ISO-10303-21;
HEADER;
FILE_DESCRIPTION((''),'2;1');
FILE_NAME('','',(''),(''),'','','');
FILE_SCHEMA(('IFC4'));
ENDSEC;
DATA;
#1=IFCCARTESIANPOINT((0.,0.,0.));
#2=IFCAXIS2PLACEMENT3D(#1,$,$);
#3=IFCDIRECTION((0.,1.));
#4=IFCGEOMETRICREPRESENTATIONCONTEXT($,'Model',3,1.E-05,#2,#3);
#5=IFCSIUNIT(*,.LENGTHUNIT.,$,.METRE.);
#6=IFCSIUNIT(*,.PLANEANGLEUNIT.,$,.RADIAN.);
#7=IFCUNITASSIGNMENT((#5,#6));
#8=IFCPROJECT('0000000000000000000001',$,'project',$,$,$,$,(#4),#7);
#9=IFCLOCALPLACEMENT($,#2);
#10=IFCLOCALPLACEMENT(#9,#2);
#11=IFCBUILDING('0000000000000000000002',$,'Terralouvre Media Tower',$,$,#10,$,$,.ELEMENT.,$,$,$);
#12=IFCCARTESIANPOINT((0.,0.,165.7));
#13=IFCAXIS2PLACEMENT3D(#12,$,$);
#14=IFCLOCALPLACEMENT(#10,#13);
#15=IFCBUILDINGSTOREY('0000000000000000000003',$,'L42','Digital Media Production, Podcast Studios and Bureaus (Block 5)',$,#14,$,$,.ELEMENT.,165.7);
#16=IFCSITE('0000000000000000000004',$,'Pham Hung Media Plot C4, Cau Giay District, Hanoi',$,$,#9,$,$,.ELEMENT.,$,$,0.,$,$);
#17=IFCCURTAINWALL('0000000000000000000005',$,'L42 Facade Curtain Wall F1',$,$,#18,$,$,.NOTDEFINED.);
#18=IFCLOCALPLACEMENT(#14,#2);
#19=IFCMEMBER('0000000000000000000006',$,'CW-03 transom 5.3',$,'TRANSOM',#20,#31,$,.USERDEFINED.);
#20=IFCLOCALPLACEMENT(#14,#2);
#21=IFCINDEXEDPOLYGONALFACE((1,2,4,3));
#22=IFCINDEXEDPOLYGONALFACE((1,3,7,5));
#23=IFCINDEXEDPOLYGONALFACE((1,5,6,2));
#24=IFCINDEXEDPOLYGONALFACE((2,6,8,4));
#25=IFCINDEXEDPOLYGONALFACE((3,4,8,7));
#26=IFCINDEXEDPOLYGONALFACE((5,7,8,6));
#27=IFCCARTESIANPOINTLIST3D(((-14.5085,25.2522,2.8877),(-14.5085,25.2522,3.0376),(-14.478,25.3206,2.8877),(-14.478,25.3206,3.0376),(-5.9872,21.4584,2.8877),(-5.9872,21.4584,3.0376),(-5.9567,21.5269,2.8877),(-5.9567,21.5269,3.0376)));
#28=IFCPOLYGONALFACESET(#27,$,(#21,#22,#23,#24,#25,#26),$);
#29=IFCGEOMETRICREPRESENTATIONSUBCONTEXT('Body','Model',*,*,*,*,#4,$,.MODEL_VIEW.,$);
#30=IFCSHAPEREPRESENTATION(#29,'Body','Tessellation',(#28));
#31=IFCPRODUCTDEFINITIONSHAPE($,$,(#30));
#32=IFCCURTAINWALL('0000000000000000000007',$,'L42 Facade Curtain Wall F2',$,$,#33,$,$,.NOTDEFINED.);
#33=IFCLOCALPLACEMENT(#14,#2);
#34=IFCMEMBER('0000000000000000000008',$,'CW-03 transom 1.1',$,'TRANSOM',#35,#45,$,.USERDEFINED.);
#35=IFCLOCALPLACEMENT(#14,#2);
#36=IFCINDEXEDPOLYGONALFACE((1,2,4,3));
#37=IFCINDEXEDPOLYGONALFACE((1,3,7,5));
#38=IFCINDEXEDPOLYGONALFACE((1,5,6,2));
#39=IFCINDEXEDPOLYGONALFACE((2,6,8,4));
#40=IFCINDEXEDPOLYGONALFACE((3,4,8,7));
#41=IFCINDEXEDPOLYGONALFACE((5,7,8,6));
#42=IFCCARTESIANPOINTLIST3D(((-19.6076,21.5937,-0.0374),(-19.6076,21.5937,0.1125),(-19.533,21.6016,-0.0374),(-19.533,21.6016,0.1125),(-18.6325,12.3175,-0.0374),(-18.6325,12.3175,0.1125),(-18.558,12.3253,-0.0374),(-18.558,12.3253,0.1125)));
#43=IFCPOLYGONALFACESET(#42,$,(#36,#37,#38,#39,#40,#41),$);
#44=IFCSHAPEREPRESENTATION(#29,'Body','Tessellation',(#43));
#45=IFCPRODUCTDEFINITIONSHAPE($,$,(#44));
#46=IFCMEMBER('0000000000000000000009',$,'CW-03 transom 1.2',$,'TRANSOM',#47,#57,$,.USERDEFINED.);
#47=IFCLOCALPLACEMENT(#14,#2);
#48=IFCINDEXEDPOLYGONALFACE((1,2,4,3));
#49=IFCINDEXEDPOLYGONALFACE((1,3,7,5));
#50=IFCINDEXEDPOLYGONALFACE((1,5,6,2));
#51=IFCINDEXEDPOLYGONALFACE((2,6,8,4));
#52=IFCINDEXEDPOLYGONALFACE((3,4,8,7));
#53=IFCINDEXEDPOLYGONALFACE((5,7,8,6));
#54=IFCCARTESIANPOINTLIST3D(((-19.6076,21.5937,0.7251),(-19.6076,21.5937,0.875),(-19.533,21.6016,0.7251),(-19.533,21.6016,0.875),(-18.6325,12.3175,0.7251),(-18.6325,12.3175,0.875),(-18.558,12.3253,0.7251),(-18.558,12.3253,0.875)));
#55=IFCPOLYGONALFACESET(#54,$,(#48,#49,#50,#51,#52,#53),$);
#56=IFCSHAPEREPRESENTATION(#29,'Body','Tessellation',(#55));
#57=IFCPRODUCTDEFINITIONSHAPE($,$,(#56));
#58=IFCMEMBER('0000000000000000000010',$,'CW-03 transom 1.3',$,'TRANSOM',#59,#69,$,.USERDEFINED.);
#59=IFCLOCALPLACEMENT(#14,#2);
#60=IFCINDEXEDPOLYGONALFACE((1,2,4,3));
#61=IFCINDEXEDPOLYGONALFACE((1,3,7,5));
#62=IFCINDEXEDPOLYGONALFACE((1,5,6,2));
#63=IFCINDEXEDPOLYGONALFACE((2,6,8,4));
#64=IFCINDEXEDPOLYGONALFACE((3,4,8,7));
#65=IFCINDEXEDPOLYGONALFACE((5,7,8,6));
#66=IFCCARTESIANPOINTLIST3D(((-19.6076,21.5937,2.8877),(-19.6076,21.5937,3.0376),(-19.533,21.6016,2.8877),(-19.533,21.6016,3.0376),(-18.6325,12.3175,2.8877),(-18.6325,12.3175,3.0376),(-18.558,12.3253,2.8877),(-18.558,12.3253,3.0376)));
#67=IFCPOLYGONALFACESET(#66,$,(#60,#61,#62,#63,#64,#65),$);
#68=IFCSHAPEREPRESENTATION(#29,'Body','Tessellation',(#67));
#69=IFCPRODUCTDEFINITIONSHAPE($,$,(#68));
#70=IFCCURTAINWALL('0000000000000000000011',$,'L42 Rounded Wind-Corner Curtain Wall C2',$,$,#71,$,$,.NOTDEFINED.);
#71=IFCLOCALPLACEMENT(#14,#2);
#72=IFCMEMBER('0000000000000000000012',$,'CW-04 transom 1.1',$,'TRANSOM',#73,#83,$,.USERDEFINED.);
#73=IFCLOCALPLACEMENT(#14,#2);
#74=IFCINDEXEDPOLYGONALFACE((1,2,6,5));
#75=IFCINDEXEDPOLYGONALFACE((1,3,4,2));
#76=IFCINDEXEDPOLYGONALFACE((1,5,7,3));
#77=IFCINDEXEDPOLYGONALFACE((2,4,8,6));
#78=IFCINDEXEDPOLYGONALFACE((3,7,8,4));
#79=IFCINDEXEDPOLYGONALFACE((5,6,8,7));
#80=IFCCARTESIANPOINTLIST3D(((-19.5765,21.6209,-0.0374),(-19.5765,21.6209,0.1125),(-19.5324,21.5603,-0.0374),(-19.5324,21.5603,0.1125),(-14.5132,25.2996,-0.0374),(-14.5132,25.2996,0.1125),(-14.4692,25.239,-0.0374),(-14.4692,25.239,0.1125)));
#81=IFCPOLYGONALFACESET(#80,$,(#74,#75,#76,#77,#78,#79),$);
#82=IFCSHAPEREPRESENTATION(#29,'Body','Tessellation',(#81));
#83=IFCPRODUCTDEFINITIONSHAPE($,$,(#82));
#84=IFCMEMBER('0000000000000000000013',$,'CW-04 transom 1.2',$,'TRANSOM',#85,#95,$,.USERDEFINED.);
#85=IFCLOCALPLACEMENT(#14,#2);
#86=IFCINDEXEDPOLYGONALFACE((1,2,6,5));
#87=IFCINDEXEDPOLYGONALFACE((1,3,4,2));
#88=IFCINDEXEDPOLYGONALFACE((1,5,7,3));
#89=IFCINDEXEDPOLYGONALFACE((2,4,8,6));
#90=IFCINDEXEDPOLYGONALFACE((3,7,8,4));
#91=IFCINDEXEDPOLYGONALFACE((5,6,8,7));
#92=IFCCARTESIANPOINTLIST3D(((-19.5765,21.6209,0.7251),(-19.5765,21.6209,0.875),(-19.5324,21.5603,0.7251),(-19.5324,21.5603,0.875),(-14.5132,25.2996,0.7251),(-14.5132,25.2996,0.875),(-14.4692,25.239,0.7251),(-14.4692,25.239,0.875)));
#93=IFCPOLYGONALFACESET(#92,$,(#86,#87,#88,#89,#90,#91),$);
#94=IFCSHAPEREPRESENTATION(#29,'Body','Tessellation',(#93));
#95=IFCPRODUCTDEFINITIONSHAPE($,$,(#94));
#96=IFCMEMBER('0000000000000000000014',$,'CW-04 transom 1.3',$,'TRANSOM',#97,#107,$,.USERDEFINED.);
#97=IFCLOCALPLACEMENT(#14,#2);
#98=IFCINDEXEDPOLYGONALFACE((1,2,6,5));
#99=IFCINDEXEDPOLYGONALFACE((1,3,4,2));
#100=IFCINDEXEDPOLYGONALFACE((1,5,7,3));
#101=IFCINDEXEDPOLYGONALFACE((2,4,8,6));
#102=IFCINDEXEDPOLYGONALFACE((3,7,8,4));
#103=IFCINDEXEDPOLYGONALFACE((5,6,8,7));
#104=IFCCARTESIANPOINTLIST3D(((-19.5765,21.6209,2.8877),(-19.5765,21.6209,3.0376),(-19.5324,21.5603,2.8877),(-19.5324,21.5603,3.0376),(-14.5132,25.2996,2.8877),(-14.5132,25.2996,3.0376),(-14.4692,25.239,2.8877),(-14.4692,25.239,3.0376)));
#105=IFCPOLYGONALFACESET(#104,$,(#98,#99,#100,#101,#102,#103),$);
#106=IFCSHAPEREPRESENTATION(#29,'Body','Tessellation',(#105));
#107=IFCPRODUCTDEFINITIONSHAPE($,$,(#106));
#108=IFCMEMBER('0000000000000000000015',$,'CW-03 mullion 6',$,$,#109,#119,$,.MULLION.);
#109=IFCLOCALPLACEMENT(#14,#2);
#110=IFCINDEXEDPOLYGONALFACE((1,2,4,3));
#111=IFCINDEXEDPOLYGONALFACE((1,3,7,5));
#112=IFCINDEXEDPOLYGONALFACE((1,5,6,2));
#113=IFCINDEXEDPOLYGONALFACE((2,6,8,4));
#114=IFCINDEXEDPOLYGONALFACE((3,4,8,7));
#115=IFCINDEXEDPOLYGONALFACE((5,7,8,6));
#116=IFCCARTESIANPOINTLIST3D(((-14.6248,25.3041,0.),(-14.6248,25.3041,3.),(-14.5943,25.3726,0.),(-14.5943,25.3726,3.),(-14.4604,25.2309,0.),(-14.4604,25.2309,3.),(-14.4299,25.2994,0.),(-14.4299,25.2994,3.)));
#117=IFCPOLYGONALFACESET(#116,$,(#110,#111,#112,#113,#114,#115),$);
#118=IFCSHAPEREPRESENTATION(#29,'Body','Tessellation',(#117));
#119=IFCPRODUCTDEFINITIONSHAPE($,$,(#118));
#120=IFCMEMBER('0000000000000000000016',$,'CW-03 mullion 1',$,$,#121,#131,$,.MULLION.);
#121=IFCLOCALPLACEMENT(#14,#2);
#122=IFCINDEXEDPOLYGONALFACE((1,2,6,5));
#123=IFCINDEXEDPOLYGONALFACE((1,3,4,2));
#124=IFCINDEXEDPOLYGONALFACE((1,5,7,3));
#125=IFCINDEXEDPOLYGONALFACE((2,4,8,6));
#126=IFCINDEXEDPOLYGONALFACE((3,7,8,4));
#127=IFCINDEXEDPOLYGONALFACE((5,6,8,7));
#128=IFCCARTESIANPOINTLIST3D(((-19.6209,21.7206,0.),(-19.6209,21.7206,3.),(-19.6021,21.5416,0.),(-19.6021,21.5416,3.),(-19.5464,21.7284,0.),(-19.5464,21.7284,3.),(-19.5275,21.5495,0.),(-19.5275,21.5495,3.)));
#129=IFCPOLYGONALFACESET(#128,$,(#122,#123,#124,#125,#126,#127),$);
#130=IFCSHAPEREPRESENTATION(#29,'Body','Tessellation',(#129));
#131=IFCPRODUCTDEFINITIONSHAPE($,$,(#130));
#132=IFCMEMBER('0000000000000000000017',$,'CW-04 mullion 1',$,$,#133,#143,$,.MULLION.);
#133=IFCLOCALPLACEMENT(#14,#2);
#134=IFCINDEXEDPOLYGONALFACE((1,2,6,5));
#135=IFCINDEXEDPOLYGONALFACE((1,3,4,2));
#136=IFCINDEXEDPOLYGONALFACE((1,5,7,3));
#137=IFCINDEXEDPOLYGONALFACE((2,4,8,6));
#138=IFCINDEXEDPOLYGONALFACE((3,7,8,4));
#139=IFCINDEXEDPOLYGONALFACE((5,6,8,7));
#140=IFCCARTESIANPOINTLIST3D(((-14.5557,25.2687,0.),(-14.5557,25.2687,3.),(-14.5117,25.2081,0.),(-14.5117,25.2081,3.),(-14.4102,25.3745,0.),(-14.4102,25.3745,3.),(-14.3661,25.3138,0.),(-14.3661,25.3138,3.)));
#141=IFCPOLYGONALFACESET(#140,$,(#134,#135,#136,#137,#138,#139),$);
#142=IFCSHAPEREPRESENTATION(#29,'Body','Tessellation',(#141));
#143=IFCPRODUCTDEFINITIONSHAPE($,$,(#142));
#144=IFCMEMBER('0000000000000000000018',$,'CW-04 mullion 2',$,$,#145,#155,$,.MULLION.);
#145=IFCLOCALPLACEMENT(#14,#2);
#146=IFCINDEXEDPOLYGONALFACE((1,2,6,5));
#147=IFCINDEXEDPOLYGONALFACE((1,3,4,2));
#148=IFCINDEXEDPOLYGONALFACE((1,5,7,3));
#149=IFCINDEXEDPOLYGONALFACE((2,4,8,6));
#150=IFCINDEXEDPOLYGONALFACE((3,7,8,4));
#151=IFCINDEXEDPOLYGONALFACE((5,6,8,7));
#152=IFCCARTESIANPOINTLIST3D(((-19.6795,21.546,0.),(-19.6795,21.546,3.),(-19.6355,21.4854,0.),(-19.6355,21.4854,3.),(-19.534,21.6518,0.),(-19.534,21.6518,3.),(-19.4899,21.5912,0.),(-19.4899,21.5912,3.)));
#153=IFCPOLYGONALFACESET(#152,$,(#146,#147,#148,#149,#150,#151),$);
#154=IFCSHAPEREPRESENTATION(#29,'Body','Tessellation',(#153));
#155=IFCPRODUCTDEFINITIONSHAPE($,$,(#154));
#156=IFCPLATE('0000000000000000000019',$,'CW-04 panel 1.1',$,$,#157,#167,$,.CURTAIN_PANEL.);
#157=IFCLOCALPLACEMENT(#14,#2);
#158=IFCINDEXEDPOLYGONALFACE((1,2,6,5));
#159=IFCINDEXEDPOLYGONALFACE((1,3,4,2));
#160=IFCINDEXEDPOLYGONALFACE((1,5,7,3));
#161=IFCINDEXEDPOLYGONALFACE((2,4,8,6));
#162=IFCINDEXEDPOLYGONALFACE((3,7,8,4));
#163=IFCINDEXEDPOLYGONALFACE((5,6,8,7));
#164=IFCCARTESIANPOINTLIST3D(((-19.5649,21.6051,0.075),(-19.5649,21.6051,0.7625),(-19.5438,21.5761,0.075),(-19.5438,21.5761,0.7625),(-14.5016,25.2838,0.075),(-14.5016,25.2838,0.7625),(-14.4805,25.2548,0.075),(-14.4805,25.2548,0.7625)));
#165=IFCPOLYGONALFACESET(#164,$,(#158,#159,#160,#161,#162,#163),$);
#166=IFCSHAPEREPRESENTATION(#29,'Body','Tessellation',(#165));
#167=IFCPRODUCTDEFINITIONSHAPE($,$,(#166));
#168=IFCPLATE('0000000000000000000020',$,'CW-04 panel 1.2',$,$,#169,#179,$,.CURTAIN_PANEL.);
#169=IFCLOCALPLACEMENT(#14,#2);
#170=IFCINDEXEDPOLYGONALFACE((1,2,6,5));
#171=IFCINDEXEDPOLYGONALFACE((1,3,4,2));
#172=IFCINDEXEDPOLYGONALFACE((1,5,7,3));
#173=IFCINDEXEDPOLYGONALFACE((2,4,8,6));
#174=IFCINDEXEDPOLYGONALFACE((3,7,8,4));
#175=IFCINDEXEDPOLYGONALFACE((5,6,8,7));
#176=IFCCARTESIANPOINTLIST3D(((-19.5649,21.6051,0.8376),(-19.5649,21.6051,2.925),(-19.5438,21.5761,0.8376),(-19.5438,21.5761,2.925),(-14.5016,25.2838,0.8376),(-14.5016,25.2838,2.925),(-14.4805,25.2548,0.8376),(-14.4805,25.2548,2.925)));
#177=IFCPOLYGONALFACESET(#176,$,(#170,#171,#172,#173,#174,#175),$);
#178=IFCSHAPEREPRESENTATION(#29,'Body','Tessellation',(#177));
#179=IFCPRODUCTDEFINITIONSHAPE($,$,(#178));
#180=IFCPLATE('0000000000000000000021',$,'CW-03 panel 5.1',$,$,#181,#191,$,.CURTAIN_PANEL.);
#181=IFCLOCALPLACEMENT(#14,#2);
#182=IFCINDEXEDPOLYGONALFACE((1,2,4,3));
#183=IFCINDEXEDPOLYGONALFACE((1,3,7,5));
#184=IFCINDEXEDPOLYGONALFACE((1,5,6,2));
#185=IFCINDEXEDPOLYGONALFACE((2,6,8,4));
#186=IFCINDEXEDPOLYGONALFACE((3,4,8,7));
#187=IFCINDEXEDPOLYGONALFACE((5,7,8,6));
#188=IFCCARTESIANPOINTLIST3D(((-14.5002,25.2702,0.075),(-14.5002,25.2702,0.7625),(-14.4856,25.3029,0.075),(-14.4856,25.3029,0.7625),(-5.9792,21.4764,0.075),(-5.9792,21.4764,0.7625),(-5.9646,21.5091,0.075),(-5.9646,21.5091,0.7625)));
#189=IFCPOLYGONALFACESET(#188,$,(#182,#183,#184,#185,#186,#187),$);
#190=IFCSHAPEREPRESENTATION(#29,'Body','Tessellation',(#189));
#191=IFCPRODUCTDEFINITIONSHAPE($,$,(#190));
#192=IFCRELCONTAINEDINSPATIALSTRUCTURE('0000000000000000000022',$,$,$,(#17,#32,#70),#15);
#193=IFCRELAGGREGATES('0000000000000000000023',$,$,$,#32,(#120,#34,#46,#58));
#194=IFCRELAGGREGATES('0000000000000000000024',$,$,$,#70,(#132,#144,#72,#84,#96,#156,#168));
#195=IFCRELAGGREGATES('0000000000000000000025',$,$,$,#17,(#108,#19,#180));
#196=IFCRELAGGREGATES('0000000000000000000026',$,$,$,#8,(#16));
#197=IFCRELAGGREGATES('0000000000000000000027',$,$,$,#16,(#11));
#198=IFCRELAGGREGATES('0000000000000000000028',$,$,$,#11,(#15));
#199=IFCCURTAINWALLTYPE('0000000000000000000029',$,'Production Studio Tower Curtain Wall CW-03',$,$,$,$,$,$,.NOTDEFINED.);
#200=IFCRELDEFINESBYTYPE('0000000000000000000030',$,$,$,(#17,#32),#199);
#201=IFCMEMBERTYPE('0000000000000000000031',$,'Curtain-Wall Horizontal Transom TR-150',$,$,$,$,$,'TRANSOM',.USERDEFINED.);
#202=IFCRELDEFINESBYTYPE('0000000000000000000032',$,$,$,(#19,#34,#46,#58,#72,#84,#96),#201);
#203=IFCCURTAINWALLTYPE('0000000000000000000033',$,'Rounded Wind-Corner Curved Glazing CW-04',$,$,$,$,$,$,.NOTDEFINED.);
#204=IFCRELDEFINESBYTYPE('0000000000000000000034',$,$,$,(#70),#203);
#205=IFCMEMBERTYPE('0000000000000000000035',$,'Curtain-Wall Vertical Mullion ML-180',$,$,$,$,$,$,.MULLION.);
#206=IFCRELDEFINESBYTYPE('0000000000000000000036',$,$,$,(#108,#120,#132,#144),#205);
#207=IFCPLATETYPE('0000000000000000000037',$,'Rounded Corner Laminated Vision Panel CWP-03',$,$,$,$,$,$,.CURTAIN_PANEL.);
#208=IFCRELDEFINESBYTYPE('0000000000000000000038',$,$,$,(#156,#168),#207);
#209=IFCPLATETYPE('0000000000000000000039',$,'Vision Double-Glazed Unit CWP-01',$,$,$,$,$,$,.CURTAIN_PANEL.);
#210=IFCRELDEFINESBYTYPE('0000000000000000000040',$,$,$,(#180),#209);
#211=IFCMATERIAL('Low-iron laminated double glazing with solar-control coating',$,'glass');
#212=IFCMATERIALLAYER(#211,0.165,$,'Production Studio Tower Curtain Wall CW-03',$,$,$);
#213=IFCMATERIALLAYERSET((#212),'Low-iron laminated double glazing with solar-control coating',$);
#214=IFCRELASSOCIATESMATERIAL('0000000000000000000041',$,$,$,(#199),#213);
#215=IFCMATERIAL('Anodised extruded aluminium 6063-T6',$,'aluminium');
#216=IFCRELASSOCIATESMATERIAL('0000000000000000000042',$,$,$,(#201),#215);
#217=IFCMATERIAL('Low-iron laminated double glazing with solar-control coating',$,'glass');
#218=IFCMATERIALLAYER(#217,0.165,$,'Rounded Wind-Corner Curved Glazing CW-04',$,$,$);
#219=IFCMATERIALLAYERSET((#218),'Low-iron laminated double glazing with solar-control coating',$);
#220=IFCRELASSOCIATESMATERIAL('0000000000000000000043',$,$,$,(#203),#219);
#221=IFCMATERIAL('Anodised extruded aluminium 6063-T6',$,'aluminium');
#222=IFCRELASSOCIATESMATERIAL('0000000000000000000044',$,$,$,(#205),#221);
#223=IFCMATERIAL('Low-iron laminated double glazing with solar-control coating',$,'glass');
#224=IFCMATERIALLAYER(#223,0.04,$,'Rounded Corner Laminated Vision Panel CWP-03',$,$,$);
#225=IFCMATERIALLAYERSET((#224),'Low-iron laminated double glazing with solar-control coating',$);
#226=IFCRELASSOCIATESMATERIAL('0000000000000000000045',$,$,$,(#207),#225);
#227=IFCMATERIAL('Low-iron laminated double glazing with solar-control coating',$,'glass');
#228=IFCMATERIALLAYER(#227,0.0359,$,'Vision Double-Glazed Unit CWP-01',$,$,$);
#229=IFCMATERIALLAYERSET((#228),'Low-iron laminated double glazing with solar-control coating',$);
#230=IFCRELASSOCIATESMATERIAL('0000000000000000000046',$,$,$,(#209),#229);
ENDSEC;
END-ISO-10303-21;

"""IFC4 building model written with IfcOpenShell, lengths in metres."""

from ifc_helpers import new_model, si_unit, direction, frame, origin, origin_2d, place, context, subcontext, project, spatial, rectangle, extrude, material, layer, layer_set, material_profile, profile_set, type_object, element, aggregate, save


model = new_model("IFC4")

# Units and contexts
model_context = context("Model", 3, precision=1e-05, world=origin(), true_north=direction((0.0, 1.0)))
body_context = subcontext(model_context, "Body", "Model", "MODEL_VIEW")
ifc_project = project(units=[si_unit("LENGTHUNIT", "METRE"), si_unit("PLANEANGLEUNIT", "RADIAN")], contexts=[model_context])

# Site, building, storey
site_placement = place(None, origin())
site = spatial("IfcSite", under=ifc_project, at=site_placement, Name="Pham Hung Media Plot C4, Cau Giay District, Hanoi", CompositionType="ELEMENT", RefElevation=0.0)
building_placement = place(site_placement, origin())
building = spatial("IfcBuilding", under=site, at=building_placement, Name="Terralouvre Media Tower", CompositionType="ELEMENT")
storey_placement = place(building_placement, frame((0.0, 0.0, 165.7)))
storey = spatial("IfcBuildingStorey", under=building, at=storey_placement, Name="L42", Description="Digital Media Production, Podcast Studios and Bureaus (Block 5)", CompositionType="ELEMENT", Elevation=165.7)

# Curtain wall, member
ifc_material_1 = material(Name="Low-iron laminated double glazing with solar-control coating", Category="glass")
ifc_layer_1 = layer(ifc_material_1, 0.165, Name="Production Studio Tower Curtain Wall CW-03")
ifc_layer_set_1 = layer_set([ifc_layer_1], Name="Low-iron laminated double glazing with solar-control coating")
curtain_wall_type_1 = type_object("IfcCurtainWallType", Name="Production Studio Tower Curtain Wall CW-03", PredefinedType="NOTDEFINED", material=ifc_layer_set_1)
curtain_wall_1_placement = place(storey_placement, origin())
curtain_wall_1 = element("IfcCurtainWall", 1, at=curtain_wall_1_placement, inside=storey, type_object=curtain_wall_type_1, Name="L42 Facade Curtain Wall F1", PredefinedType="NOTDEFINED")
ifc_material_2 = material(Name="Anodised extruded aluminium 6063-T6", Category="aluminium")
ifc_material_profile_1 = material_profile(ifc_material_2, rectangle(XDim=0.075, YDim=0.1499, at=origin_2d()), Name="ALU 75x150")
ifc_profile_set_1 = profile_set([ifc_material_profile_1], Name="Anodised extruded aluminium 6063-T6")
member_type_1 = type_object("IfcMemberType", Name="Curtain-Wall Horizontal Transom TR-150", ElementType="TRANSOM", PredefinedType="USERDEFINED", material=ifc_profile_set_1)
member_1_placement = place(storey_placement, frame((-5.9719, 21.4927, 2.9626), z_axis=(-0.913553, 0.406719, 0.0), x_axis=(-0.406719, -0.913553, 0.0)))
member_1 = element("IfcMember", 2, at=member_1_placement, type_object=member_type_1, Name="CW-03 transom 5.3", ObjectType="TRANSOM", PredefinedType="USERDEFINED", context=body_context, shape_type="SweptSolid", body=[
    extrude(rectangle(XDim=0.075, YDim=0.1499, at=origin_2d()), origin(), (0.0, 0.0, 1.0), 9.3276),
])

# Curtain walls, members
curtain_wall_2_placement = place(storey_placement, origin())
curtain_wall_2 = element("IfcCurtainWall", 3, at=curtain_wall_2_placement, inside=storey, type_object=curtain_wall_type_1, Name="L42 Facade Curtain Wall F2", PredefinedType="NOTDEFINED")
member_2_placement = place(storey_placement, frame((-19.5703, 21.5977, 0.0376), z_axis=(0.10454, -0.994521, 0.0), x_axis=(0.994521, 0.10454, 0.0)))
member_2 = element("IfcMember", 4, at=member_2_placement, type_object=member_type_1, Name="CW-03 transom 1.1", ObjectType="TRANSOM", PredefinedType="USERDEFINED", context=body_context, shape_type="SweptSolid", body=[
    extrude(rectangle(XDim=0.075, YDim=0.1499, at=origin_2d()), origin(), (0.0, 0.0, 1.0), 9.3274),
])
member_3_placement = place(storey_placement, frame((-19.5703, 21.5977, 0.8), z_axis=(0.10454, -0.994521, 0.0), x_axis=(0.994521, 0.10454, 0.0)))
member_3 = element("IfcMember", 5, at=member_3_placement, type_object=member_type_1, Name="CW-03 transom 1.2", ObjectType="TRANSOM", PredefinedType="USERDEFINED", context=body_context, shape_type="SweptSolid", body=[
    extrude(rectangle(XDim=0.075, YDim=0.1499, at=origin_2d()), origin(), (0.0, 0.0, 1.0), 9.3274),
])
member_4_placement = place(storey_placement, frame((-19.5703, 21.5977, 2.9626), z_axis=(0.10454, -0.994521, 0.0), x_axis=(0.994521, 0.10454, 0.0)))
member_4 = element("IfcMember", 6, at=member_4_placement, type_object=member_type_1, Name="CW-03 transom 1.3", ObjectType="TRANSOM", PredefinedType="USERDEFINED", context=body_context, shape_type="SweptSolid", body=[
    extrude(rectangle(XDim=0.075, YDim=0.1499, at=origin_2d()), origin(), (0.0, 0.0, 1.0), 9.3274),
])
ifc_material_3 = material(Name="Low-iron laminated double glazing with solar-control coating", Category="glass")
ifc_layer_2 = layer(ifc_material_3, 0.165, Name="Rounded Wind-Corner Curved Glazing CW-04")
ifc_layer_set_2 = layer_set([ifc_layer_2], Name="Low-iron laminated double glazing with solar-control coating")
curtain_wall_type_2 = type_object("IfcCurtainWallType", Name="Rounded Wind-Corner Curved Glazing CW-04", PredefinedType="NOTDEFINED", material=ifc_layer_set_2)
curtain_wall_3_placement = place(storey_placement, origin())
curtain_wall_3 = element("IfcCurtainWall", 7, at=curtain_wall_3_placement, inside=storey, type_object=curtain_wall_type_2, Name="L42 Rounded Wind-Corner Curtain Wall C2", PredefinedType="NOTDEFINED")
member_5_placement = place(storey_placement, frame((-14.4912, 25.2693, 0.0376), z_axis=(-0.809013, -0.587791, 0.0), x_axis=(0.587791, -0.809013, 0.0)))
member_5 = element("IfcMember", 8, at=member_5_placement, type_object=member_type_1, Name="CW-04 transom 1.1", ObjectType="TRANSOM", PredefinedType="USERDEFINED", context=body_context, shape_type="SweptSolid", body=[
    extrude(rectangle(XDim=0.075, YDim=0.1499, at=origin_2d()), origin(), (0.0, 0.0, 1.0), 6.2585),
])
member_6_placement = place(storey_placement, frame((-14.4912, 25.2693, 0.8), z_axis=(-0.809013, -0.587791, 0.0), x_axis=(0.587791, -0.809013, 0.0)))
member_6 = element("IfcMember", 9, at=member_6_placement, type_object=member_type_1, Name="CW-04 transom 1.2", ObjectType="TRANSOM", PredefinedType="USERDEFINED", context=body_context, shape_type="SweptSolid", body=[
    extrude(rectangle(XDim=0.075, YDim=0.1499, at=origin_2d()), origin(), (0.0, 0.0, 1.0), 6.2585),
])
member_7_placement = place(storey_placement, frame((-14.4912, 25.2693, 2.9626), z_axis=(-0.809013, -0.587791, 0.0), x_axis=(0.587791, -0.809013, 0.0)))
member_7 = element("IfcMember", 10, at=member_7_placement, type_object=member_type_1, Name="CW-04 transom 1.3", ObjectType="TRANSOM", PredefinedType="USERDEFINED", context=body_context, shape_type="SweptSolid", body=[
    extrude(rectangle(XDim=0.075, YDim=0.1499, at=origin_2d()), origin(), (0.0, 0.0, 1.0), 6.2585),
])

# Members
ifc_material_4 = material(Name="Anodised extruded aluminium 6063-T6", Category="aluminium")
ifc_material_profile_2 = material_profile(ifc_material_4, rectangle(XDim=0.075, YDim=0.1799, at=origin_2d()), Name="ALU 75x180")
ifc_profile_set_2 = profile_set([ifc_material_profile_2], Name="Anodised extruded aluminium 6063-T6")
member_type_2 = type_object("IfcMemberType", Name="Curtain-Wall Vertical Mullion ML-180", PredefinedType="MULLION", material=ifc_profile_set_2)
member_8_placement = place(storey_placement, frame((-14.5273, 25.3018, 0.0), z_axis=(0.0, 0.0, 1.0), x_axis=(-0.406737, -0.913545, 0.0)))
member_8 = element("IfcMember", 11, at=member_8_placement, type_object=member_type_2, Name="CW-03 mullion 6", PredefinedType="MULLION", context=body_context, shape_type="SweptSolid", body=[
    extrude(rectangle(XDim=0.075, YDim=0.1799, at=origin_2d()), origin(), (0.0, 0.0, 1.0), 3.0),
])
member_9_placement = place(storey_placement, frame((-19.5742, 21.635, 0.0), z_axis=(0.0, 0.0, 1.0), x_axis=(0.994522, 0.104528, 0.0)))
member_9 = element("IfcMember", 12, at=member_9_placement, type_object=member_type_2, Name="CW-03 mullion 1", PredefinedType="MULLION", context=body_context, shape_type="SweptSolid", body=[
    extrude(rectangle(XDim=0.075, YDim=0.1799, at=origin_2d()), origin(), (0.0, 0.0, 1.0), 3.0),
])
aggregate(curtain_wall_2, [member_9, member_2, member_3, member_4])
member_10_placement = place(storey_placement, frame((-14.4609, 25.2913, 0.0), z_axis=(0.0, 0.0, 1.0), x_axis=(0.587785, -0.809017, 0.0)))
member_10 = element("IfcMember", 13, at=member_10_placement, type_object=member_type_2, Name="CW-04 mullion 1", PredefinedType="MULLION", context=body_context, shape_type="SweptSolid", body=[
    extrude(rectangle(XDim=0.075, YDim=0.1799, at=origin_2d()), origin(), (0.0, 0.0, 1.0), 3.0),
])
member_11_placement = place(storey_placement, frame((-19.5847, 21.5686, 0.0), z_axis=(0.0, 0.0, 1.0), x_axis=(0.587785, -0.809017, 0.0)))
member_11 = element("IfcMember", 14, at=member_11_placement, type_object=member_type_2, Name="CW-04 mullion 2", PredefinedType="MULLION", context=body_context, shape_type="SweptSolid", body=[
    extrude(rectangle(XDim=0.075, YDim=0.1799, at=origin_2d()), origin(), (0.0, 0.0, 1.0), 3.0),
])

# Plates
ifc_material_5 = material(Name="Low-iron laminated double glazing with solar-control coating", Category="glass")
ifc_layer_3 = layer(ifc_material_5, 0.04, Name="Rounded Corner Laminated Vision Panel CWP-03")
ifc_layer_set_3 = layer_set([ifc_layer_3], Name="Low-iron laminated double glazing with solar-control coating")
plate_type_1 = type_object("IfcPlateType", Name="Rounded Corner Laminated Vision Panel CWP-03", PredefinedType="CURTAIN_PANEL", material=ifc_layer_set_3)
plate_1_placement = place(storey_placement, frame((-17.0227, 23.4299, 0.075), z_axis=(0.0, 0.0, 1.0), x_axis=(-0.809017, -0.587785, 0.0)))
plate_1 = element("IfcPlate", 15, at=plate_1_placement, type_object=plate_type_1, Name="CW-04 panel 1.1", PredefinedType="CURTAIN_PANEL", context=body_context, shape_type="SweptSolid", body=[
    extrude(rectangle(XDim=6.2585, YDim=0.0359, at=origin_2d()), origin(), (0.0, 0.0, 1.0), 0.6875),
])
plate_2_placement = place(storey_placement, frame((-17.0227, 23.4299, 0.8376), z_axis=(0.0, 0.0, 1.0), x_axis=(-0.809017, -0.587785, 0.0)))
plate_2 = element("IfcPlate", 16, at=plate_2_placement, type_object=plate_type_1, Name="CW-04 panel 1.2", PredefinedType="CURTAIN_PANEL", context=body_context, shape_type="SweptSolid", body=[
    extrude(rectangle(XDim=6.2585, YDim=0.0359, at=origin_2d()), origin(), (0.0, 0.0, 1.0), 2.0874),
])
aggregate(curtain_wall_3, [member_10, member_11, member_5, member_6, member_7, plate_1, plate_2])
ifc_material_6 = material(Name="Low-iron laminated double glazing with solar-control coating", Category="glass")
ifc_layer_4 = layer(ifc_material_6, 0.0359, Name="Vision Double-Glazed Unit CWP-01")
ifc_layer_set_4 = layer_set([ifc_layer_4], Name="Low-iron laminated double glazing with solar-control coating")
plate_type_2 = type_object("IfcPlateType", Name="Vision Double-Glazed Unit CWP-01", PredefinedType="CURTAIN_PANEL", material=ifc_layer_set_4)
plate_3_placement = place(storey_placement, frame((-10.2324, 23.3896, 0.075), z_axis=(0.0, 0.0, 1.0), x_axis=(-0.913545, 0.406737, 0.0)))
plate_3 = element("IfcPlate", 17, at=plate_3_placement, type_object=plate_type_2, Name="CW-03 panel 5.1", PredefinedType="CURTAIN_PANEL", context=body_context, shape_type="SweptSolid", body=[
    extrude(rectangle(XDim=9.3274, YDim=0.0359, at=origin_2d()), origin(), (0.0, 0.0, 1.0), 0.6875),
])
aggregate(curtain_wall_1, [member_8, member_1, plate_3])

save(model, "model.ifc")
